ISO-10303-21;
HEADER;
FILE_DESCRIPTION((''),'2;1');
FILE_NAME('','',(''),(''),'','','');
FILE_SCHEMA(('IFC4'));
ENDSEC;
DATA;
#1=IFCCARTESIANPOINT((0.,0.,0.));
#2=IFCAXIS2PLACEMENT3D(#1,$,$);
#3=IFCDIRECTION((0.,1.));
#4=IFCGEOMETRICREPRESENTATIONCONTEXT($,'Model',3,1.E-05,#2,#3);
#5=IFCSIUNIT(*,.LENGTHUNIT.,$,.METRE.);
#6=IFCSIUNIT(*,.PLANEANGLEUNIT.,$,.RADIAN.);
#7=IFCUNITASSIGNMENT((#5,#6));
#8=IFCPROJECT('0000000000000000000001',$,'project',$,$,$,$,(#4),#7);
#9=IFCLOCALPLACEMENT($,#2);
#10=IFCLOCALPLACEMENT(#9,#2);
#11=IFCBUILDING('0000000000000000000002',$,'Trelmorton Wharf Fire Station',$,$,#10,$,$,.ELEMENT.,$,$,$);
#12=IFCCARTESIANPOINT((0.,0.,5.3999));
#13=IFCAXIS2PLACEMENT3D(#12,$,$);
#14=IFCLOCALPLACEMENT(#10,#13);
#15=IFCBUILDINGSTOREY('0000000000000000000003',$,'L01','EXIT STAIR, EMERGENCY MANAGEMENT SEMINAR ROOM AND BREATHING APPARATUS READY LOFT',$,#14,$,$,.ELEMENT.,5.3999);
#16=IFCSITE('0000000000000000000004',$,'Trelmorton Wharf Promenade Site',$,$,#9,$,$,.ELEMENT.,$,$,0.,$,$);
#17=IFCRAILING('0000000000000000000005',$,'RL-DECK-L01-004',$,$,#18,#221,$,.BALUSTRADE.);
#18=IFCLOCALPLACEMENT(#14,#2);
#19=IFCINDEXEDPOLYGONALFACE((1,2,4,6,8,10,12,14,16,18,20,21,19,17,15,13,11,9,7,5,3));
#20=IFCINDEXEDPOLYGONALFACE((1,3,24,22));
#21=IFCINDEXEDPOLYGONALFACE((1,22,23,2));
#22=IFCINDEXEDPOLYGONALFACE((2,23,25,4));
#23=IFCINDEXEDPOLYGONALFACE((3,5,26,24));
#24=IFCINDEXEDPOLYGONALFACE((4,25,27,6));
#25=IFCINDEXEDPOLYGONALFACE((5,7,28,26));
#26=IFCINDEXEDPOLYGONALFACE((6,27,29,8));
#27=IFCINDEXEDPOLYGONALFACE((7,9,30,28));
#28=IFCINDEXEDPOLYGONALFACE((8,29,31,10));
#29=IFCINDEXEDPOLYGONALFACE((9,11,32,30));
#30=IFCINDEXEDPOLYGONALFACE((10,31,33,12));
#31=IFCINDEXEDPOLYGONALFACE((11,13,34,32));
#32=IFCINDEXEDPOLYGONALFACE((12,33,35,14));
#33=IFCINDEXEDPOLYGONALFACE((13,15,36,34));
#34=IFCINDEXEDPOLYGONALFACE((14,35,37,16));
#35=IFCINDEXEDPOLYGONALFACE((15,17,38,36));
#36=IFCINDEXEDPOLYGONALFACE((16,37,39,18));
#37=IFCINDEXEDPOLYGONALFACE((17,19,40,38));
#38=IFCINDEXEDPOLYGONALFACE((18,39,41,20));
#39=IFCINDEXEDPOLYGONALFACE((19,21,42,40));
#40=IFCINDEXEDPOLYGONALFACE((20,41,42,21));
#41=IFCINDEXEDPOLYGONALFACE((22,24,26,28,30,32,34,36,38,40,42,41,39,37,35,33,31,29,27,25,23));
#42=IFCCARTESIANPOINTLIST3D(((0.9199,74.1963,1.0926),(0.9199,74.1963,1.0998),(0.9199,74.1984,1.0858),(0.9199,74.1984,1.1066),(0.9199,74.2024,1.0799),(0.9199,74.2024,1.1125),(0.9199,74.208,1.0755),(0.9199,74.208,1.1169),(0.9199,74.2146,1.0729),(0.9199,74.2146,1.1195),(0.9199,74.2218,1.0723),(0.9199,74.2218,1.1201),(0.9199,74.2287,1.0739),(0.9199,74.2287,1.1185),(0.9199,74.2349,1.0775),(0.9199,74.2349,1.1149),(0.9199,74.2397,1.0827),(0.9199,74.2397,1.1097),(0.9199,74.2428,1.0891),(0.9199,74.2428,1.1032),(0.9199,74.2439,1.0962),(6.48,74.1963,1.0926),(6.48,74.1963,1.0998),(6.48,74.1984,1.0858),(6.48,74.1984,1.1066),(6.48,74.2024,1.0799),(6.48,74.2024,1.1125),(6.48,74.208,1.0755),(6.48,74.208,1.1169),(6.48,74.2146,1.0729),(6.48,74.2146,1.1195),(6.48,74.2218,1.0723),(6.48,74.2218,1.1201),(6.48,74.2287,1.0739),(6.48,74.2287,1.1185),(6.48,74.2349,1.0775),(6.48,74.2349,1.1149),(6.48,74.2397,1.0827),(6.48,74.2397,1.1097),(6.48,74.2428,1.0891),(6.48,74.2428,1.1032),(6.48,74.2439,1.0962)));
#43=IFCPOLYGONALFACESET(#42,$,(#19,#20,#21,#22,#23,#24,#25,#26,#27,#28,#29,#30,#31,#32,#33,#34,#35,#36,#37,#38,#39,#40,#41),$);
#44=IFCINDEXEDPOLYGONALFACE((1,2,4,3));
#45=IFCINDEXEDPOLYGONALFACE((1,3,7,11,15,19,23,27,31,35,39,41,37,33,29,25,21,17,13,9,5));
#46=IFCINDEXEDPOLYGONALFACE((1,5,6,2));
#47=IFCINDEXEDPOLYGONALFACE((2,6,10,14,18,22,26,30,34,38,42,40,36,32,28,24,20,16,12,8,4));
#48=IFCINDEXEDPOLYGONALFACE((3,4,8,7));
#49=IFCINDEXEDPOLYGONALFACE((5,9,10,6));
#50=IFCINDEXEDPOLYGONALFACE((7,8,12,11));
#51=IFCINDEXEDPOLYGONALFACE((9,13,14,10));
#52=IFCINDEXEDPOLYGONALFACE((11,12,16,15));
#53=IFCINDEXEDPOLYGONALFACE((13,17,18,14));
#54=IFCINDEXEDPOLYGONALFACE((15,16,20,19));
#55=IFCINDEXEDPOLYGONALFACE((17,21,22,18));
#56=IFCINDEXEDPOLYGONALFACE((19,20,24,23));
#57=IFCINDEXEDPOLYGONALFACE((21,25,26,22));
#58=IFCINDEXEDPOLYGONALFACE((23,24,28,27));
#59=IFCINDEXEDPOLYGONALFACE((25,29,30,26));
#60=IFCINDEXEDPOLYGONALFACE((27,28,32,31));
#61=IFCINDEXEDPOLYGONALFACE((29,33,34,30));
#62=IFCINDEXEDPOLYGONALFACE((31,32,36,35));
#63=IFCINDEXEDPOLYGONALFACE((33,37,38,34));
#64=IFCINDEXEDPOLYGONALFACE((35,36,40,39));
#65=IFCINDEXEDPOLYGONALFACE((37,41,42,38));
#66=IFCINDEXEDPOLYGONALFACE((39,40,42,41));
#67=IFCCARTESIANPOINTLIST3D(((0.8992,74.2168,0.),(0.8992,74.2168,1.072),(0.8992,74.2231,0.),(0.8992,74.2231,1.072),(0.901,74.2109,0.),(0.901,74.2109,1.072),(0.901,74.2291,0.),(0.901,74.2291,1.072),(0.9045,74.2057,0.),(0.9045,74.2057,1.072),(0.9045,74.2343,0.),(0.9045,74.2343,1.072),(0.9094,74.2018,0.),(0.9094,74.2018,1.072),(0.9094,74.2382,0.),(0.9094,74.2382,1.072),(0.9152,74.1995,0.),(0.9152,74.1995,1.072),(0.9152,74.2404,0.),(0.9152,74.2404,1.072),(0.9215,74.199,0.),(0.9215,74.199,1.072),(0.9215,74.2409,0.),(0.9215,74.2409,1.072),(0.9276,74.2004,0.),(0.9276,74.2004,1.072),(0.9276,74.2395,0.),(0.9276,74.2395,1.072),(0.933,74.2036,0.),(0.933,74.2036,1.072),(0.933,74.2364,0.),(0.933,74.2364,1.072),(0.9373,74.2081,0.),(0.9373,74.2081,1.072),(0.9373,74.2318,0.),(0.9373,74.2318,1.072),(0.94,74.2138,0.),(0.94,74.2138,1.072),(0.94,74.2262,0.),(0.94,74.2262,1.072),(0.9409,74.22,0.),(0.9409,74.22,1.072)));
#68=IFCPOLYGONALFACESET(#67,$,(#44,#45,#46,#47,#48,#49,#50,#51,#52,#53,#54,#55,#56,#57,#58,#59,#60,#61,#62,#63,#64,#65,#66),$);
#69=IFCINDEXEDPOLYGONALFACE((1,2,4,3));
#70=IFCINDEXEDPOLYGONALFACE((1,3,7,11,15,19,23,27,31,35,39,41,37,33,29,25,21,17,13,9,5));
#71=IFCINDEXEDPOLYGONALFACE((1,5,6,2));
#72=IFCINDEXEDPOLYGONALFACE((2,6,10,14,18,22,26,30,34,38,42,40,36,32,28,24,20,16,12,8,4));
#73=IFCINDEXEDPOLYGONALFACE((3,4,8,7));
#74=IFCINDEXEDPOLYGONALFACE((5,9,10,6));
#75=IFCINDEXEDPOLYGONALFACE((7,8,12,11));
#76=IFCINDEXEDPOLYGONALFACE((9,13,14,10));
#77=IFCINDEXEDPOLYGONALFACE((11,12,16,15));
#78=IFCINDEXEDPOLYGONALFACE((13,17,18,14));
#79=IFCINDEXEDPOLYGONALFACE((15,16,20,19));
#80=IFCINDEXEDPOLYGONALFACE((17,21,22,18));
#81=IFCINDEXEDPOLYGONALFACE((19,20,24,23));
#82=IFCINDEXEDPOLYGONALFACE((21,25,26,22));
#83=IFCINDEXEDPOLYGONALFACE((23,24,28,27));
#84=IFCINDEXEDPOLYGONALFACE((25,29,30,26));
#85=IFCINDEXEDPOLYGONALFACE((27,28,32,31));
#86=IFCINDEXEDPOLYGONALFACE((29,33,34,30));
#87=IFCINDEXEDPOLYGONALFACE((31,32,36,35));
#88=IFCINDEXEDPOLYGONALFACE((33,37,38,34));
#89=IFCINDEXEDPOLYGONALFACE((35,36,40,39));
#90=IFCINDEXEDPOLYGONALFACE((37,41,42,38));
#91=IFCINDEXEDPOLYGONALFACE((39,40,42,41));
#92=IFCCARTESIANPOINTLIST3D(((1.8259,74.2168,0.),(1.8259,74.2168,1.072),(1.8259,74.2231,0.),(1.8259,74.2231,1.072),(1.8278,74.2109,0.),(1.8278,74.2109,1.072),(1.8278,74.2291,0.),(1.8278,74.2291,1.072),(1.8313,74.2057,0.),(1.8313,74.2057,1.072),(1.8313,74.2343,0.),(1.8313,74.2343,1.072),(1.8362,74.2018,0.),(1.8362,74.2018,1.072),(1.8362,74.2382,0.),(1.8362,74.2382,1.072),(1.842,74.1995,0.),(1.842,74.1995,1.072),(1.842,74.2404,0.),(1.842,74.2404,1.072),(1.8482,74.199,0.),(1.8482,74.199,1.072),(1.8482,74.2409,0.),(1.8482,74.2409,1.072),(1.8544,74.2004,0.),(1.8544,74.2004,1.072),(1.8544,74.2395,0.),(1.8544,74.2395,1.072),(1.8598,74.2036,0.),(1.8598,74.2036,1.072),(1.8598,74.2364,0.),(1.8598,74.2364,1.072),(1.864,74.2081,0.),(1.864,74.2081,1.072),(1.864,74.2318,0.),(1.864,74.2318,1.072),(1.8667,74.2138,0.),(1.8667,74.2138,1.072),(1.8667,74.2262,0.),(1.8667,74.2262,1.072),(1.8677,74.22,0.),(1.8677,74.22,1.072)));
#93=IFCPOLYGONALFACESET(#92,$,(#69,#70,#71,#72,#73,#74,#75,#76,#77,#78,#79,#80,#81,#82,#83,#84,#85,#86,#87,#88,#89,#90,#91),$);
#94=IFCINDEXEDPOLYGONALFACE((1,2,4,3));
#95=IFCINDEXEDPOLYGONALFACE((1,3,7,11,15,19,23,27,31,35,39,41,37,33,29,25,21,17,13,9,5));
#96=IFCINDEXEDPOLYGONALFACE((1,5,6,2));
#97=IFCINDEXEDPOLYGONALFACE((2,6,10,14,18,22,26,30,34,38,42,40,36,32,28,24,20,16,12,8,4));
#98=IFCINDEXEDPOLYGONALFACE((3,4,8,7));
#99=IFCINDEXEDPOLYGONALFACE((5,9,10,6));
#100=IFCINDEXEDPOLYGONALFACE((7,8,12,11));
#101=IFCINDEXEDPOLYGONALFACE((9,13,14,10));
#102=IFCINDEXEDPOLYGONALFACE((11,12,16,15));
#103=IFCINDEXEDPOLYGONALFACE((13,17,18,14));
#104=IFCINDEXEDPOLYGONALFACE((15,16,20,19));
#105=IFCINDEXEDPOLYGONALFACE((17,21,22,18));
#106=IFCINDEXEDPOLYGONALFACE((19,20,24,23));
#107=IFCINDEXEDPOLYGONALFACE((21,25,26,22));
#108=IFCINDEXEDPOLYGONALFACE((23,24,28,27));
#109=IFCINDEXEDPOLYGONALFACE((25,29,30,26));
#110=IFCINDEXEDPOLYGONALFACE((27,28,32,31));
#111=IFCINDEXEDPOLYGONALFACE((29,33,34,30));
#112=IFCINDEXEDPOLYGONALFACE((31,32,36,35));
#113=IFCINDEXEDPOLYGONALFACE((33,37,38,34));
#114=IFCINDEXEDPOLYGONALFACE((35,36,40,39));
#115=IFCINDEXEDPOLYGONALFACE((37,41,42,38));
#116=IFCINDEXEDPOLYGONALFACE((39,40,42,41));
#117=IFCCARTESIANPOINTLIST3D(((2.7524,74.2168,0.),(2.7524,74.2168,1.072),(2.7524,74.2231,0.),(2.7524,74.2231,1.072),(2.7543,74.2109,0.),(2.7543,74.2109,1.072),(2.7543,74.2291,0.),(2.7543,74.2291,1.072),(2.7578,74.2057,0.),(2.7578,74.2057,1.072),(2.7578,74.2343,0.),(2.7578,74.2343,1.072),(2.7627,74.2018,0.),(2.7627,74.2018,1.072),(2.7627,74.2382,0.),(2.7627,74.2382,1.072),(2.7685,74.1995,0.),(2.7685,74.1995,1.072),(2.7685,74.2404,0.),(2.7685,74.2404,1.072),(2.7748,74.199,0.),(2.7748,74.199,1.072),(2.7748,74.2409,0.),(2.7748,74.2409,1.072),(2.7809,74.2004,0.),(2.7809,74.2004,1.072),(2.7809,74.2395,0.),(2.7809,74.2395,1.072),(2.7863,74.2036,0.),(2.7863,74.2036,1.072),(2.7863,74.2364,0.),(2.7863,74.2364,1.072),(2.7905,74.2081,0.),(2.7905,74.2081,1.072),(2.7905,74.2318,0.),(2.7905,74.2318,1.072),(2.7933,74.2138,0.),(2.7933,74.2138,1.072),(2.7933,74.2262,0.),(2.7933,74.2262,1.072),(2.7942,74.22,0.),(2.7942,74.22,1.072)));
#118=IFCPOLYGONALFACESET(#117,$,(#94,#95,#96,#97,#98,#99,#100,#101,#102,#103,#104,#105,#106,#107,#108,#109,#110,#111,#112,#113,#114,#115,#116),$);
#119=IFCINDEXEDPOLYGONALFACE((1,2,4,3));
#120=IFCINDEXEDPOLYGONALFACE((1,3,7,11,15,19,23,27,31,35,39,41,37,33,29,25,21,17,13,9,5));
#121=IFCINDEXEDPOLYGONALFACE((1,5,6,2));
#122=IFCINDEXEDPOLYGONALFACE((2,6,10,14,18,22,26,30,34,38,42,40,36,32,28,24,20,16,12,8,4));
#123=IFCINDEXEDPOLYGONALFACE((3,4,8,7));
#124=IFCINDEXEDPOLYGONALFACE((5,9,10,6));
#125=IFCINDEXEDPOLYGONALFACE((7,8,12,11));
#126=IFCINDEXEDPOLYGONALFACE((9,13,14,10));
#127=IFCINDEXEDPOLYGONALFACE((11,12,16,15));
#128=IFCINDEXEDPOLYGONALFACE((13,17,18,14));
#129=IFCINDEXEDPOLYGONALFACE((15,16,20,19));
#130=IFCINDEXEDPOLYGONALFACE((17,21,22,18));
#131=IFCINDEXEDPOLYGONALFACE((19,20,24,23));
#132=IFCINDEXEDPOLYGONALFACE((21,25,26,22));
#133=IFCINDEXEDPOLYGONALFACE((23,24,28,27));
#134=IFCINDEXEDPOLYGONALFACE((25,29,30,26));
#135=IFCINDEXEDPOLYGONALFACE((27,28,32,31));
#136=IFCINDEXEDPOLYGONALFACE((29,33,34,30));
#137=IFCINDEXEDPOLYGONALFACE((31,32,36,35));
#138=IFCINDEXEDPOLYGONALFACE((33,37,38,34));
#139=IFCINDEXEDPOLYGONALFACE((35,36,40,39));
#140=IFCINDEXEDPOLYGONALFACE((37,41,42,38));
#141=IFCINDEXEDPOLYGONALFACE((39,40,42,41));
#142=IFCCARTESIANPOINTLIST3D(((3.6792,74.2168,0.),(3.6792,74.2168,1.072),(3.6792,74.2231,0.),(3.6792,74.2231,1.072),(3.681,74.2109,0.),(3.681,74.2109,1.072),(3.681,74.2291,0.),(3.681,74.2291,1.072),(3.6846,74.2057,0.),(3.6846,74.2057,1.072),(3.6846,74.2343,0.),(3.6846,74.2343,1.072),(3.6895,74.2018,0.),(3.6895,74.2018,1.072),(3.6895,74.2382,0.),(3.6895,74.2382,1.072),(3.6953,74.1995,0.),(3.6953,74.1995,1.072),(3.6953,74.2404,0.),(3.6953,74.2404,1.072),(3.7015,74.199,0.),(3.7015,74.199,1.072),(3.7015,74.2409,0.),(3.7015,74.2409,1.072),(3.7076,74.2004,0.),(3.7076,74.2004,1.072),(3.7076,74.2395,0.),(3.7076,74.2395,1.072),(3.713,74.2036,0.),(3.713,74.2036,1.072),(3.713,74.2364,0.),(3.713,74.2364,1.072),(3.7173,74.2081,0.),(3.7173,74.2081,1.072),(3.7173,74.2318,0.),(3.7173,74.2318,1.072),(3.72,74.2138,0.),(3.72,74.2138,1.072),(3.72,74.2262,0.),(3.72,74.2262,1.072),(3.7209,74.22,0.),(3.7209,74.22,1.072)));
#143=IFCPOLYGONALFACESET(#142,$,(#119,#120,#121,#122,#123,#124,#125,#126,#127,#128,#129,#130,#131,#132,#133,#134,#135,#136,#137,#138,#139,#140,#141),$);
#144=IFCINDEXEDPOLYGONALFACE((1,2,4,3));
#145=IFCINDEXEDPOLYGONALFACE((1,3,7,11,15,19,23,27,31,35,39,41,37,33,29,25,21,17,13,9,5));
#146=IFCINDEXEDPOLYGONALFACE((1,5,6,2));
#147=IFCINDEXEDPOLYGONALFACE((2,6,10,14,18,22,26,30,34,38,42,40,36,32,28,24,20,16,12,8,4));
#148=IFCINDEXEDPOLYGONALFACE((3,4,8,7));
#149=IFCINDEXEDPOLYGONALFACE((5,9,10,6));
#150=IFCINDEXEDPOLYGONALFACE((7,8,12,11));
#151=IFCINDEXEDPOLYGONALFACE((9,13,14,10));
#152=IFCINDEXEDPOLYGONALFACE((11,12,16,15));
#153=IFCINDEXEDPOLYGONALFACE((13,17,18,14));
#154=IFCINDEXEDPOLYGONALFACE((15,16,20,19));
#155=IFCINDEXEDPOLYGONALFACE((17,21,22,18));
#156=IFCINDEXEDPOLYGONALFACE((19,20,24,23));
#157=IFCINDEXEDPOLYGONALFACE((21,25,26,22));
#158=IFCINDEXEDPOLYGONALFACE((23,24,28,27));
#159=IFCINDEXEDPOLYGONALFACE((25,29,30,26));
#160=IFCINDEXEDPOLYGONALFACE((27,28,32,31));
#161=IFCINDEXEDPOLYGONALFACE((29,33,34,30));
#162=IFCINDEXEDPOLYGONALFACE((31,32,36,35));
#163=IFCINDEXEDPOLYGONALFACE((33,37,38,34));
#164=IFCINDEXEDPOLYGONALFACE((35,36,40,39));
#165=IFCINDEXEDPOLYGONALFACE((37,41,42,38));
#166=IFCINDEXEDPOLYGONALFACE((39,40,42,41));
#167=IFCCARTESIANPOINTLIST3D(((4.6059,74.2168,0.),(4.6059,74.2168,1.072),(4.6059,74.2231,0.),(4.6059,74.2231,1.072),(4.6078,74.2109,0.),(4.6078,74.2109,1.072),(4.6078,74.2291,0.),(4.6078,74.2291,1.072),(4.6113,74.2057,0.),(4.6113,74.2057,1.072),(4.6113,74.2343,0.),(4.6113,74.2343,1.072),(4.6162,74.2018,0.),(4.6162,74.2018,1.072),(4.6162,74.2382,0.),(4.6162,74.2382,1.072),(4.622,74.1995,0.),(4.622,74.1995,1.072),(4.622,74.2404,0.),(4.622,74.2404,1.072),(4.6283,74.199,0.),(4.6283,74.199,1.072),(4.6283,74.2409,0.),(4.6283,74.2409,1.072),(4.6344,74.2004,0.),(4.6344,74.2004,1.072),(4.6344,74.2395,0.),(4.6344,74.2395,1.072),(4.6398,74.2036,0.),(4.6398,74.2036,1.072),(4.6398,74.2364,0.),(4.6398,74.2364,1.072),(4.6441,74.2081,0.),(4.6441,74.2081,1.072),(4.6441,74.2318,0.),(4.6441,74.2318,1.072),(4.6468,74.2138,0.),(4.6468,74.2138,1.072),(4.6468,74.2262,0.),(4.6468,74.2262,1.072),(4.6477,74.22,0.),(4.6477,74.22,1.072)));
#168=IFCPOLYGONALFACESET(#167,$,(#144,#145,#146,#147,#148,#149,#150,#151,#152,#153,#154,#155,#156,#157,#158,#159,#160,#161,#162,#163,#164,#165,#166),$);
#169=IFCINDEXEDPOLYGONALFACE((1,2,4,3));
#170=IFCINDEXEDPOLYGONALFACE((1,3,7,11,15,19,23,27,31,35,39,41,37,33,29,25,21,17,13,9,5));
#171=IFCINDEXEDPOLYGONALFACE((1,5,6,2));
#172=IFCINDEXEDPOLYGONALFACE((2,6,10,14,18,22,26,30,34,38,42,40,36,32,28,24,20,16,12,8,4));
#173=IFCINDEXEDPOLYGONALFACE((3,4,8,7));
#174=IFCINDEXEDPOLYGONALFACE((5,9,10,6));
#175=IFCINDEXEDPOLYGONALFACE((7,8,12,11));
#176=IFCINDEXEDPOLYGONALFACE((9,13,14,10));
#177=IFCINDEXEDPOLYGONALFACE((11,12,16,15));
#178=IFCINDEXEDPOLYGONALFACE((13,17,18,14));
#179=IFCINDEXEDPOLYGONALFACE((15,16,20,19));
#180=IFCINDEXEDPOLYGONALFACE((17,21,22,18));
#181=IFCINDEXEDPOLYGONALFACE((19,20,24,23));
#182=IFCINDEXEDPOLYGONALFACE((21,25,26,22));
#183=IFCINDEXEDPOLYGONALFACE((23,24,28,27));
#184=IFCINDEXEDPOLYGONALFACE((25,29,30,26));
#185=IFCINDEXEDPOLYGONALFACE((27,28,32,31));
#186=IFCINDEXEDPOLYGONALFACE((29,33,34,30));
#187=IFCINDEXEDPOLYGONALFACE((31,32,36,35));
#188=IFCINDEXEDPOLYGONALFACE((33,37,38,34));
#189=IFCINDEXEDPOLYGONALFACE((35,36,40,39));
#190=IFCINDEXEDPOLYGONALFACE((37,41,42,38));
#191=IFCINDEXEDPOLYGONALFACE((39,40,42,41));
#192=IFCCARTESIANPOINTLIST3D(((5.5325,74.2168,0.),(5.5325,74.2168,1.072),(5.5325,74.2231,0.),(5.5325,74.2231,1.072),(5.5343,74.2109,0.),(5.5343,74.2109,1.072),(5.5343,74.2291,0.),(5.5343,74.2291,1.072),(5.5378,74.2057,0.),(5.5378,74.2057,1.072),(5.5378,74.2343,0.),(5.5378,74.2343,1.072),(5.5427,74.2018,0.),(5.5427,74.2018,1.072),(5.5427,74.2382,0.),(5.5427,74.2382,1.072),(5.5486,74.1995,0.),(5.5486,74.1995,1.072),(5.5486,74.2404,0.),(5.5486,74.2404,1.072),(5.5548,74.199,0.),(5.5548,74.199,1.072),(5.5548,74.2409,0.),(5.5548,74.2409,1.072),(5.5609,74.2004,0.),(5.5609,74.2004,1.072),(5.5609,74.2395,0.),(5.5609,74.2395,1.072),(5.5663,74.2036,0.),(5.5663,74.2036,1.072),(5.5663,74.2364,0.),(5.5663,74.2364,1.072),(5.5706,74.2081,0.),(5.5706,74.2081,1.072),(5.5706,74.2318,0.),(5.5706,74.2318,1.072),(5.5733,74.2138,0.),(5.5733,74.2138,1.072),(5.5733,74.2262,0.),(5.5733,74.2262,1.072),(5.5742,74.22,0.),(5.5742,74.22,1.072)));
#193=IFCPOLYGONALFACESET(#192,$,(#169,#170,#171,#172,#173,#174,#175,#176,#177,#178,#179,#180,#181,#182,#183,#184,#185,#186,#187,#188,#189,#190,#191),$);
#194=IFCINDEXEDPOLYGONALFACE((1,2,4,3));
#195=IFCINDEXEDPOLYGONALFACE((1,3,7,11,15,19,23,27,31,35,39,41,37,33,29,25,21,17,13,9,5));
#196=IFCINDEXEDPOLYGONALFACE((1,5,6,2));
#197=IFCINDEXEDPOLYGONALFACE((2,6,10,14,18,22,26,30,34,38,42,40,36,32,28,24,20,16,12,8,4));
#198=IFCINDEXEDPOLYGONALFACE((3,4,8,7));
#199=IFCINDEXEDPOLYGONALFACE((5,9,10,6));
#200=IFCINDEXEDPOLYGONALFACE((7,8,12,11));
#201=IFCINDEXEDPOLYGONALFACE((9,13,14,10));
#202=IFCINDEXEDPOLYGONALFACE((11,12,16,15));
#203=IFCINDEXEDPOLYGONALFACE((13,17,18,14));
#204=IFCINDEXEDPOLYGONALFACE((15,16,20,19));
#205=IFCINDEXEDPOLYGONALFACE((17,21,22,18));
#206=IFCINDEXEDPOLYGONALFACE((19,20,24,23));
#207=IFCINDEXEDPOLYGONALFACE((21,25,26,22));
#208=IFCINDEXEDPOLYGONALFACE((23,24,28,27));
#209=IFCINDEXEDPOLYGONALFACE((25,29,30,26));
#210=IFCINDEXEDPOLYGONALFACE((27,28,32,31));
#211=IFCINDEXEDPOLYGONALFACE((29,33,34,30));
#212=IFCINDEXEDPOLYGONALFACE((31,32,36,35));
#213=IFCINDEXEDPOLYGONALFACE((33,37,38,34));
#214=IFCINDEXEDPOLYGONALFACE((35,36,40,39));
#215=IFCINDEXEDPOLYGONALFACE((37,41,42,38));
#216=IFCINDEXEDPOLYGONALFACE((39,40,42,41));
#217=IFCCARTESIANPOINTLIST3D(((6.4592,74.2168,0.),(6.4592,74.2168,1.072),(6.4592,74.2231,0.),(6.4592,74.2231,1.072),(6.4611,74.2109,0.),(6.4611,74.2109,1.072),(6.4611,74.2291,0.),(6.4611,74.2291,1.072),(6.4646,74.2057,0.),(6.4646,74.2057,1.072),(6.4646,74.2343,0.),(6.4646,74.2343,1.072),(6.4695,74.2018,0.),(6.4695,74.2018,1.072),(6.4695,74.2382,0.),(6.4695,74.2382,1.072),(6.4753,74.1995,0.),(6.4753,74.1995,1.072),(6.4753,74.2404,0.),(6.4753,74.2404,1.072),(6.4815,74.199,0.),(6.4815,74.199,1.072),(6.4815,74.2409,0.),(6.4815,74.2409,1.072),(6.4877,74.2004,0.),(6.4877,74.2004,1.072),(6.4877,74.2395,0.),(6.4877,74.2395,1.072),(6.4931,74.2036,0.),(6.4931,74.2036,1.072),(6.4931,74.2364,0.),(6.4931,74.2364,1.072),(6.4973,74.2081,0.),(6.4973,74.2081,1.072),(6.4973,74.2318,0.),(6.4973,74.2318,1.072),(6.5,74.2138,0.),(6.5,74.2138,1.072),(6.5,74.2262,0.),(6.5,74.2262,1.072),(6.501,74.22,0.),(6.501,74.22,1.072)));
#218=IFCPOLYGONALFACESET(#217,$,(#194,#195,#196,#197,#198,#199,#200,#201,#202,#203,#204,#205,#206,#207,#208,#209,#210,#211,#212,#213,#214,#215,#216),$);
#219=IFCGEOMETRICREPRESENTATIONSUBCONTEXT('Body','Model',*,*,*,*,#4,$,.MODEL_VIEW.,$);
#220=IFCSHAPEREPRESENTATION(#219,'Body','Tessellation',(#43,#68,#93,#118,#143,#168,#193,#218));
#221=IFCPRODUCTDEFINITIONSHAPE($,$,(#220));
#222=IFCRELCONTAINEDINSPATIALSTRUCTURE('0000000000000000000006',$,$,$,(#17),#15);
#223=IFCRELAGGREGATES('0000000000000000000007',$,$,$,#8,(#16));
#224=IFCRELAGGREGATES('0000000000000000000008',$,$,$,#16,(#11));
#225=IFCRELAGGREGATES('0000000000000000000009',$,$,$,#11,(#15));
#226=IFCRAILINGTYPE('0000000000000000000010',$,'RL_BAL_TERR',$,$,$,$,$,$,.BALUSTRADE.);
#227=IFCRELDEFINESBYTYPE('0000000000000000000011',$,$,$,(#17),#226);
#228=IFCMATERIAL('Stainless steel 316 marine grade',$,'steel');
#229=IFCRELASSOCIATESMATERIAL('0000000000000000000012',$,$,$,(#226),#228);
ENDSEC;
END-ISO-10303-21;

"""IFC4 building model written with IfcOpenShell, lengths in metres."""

from ifc_helpers import new_model, si_unit, direction, frame, origin, origin_2d, place, context, subcontext, project, spatial, circle, extrude, material, type_object, element, save


model = new_model("IFC4")

# Units and contexts
model_context = context("Model", 3, precision=1e-05, world=origin(), true_north=direction((0.0, 1.0)))
body_context = subcontext(model_context, "Body", "Model", "MODEL_VIEW")
ifc_project = project(units=[si_unit("LENGTHUNIT", "METRE"), si_unit("PLANEANGLEUNIT", "RADIAN")], contexts=[model_context])

# Site, building, storey
site_placement = place(None, origin())
site = spatial("IfcSite", under=ifc_project, at=site_placement, Name="Trelmorton Wharf Promenade Site", CompositionType="ELEMENT", RefElevation=0.0)
building_placement = place(site_placement, origin())
building = spatial("IfcBuilding", under=site, at=building_placement, Name="Trelmorton Wharf Fire Station", CompositionType="ELEMENT")
storey_placement = place(building_placement, frame((0.0, 0.0, 5.3999)))
storey = spatial("IfcBuildingStorey", under=building, at=storey_placement, Name="L01", Description="EXIT STAIR, EMERGENCY MANAGEMENT SEMINAR ROOM AND BREATHING APPARATUS READY LOFT", CompositionType="ELEMENT", Elevation=5.3999)

# Railing
ifc_material_1 = material(Name="Stainless steel 316 marine grade", Category="steel")
railing_type = type_object("IfcRailingType", Name="RL_BAL_TERR", PredefinedType="BALUSTRADE", material=ifc_material_1)
railing_1_placement = place(storey_placement, frame((0.9199, 74.22, 0.0)))
element("IfcRailing", 1, at=railing_1_placement, inside=storey, type_object=railing_type, Name="RL-DECK-L01-004", PredefinedType="BALUSTRADE", context=body_context, shape_type="SweptSolid", body=[
    extrude(circle(Radius=0.0239, at=origin_2d()), frame((0.0, 0.0, 1.0962), z_axis=(1.0, 0.0, 0.0), x_axis=(0.0, 1.0, 0.0)), (0.0, 0.0, 1.0), 5.5601),
    extrude(circle(Radius=0.021, at=origin_2d()), origin(), (0.0, 0.0, 1.0), 1.072),
    extrude(circle(Radius=0.021, at=origin_2d()), frame((0.9268, 0.0, 0.0)), (0.0, 0.0, 1.0), 1.072),
    extrude(circle(Radius=0.021, at=origin_2d()), frame((1.8533, 0.0, 0.0)), (0.0, 0.0, 1.0), 1.072),
    extrude(circle(Radius=0.021, at=origin_2d()), frame((2.78, 0.0, 0.0)), (0.0, 0.0, 1.0), 1.072),
    extrude(circle(Radius=0.021, at=origin_2d()), frame((3.7068, 0.0, 0.0)), (0.0, 0.0, 1.0), 1.072),
    extrude(circle(Radius=0.021, at=origin_2d()), frame((4.6333, 0.0, 0.0)), (0.0, 0.0, 1.0), 1.072),
    extrude(circle(Radius=0.021, at=origin_2d()), frame((5.5601, 0.0, 0.0)), (0.0, 0.0, 1.0), 1.072),
])

save(model, "model.ifc")
